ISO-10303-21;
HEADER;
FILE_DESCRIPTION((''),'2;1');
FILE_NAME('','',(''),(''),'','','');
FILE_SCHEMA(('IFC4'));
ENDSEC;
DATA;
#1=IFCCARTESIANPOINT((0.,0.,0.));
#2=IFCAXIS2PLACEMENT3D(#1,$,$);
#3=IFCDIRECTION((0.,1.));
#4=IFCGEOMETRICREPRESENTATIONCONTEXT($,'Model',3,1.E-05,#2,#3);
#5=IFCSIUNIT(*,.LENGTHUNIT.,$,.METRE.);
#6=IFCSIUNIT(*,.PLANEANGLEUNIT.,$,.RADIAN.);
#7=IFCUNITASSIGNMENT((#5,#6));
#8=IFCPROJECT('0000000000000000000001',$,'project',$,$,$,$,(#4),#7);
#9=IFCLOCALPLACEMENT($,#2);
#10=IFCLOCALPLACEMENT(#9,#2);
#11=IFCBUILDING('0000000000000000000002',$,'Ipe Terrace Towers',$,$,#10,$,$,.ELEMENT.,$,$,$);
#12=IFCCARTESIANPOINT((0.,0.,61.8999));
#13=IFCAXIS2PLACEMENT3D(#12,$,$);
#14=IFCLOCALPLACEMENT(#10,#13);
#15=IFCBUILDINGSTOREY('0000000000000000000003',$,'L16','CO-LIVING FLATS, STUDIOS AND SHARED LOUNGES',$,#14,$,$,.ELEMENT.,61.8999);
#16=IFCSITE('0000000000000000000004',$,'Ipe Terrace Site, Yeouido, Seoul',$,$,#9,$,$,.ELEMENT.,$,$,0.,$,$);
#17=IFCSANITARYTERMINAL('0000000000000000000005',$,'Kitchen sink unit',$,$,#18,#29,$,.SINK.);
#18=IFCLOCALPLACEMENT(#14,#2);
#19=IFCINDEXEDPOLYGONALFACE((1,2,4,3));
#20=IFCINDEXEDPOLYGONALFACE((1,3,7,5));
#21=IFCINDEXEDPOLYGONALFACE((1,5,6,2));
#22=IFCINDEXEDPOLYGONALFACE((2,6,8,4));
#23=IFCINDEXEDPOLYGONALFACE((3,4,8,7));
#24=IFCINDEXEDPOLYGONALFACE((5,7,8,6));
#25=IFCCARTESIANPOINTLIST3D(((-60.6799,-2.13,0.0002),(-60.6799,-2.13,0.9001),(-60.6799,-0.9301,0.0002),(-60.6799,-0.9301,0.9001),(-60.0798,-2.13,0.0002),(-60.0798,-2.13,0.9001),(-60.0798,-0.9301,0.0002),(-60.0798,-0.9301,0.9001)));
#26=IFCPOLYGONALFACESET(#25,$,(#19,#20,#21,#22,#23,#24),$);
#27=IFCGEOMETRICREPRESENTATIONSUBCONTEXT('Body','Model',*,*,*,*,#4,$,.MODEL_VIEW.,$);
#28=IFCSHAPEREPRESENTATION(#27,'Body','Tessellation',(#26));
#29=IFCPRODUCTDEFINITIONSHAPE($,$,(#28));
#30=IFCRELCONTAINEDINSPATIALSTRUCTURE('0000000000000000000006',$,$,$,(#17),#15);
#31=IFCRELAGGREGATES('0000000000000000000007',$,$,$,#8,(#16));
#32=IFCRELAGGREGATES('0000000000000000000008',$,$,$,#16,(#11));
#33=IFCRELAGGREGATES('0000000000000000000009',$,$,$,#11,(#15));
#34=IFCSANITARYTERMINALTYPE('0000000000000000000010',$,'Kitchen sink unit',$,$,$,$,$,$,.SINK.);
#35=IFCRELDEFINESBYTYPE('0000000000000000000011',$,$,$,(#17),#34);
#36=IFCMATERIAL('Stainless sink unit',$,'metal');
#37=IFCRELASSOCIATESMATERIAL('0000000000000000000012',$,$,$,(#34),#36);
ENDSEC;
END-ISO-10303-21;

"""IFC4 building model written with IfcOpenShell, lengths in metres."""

from ifc_helpers import new_model, si_unit, direction, frame, origin, origin_2d, place, context, subcontext, project, spatial, rectangle, extrude, material, type_object, element, save


model = new_model("IFC4")

# Units and contexts
model_context = context("Model", 3, precision=1e-05, world=origin(), true_north=direction((0.0, 1.0)))
body_context = subcontext(model_context, "Body", "Model", "MODEL_VIEW")
ifc_project = project(units=[si_unit("LENGTHUNIT", "METRE"), si_unit("PLANEANGLEUNIT", "RADIAN")], contexts=[model_context])

# Site, building, storey
site_placement = place(None, origin())
site = spatial("IfcSite", under=ifc_project, at=site_placement, Name="Ipe Terrace Site, Yeouido, Seoul", CompositionType="ELEMENT", RefElevation=0.0)
building_placement = place(site_placement, origin())
building = spatial("IfcBuilding", under=site, at=building_placement, Name="Ipe Terrace Towers", CompositionType="ELEMENT")
storey_placement = place(building_placement, frame((0.0, 0.0, 61.8999)))
storey = spatial("IfcBuildingStorey", under=building, at=storey_placement, Name="L16", Description="CO-LIVING FLATS, STUDIOS AND SHARED LOUNGES", CompositionType="ELEMENT", Elevation=61.8999)

# Sanitary terminal
ifc_material_1 = material(Name="Stainless sink unit", Category="metal")
sanitary_terminal_type = type_object("IfcSanitaryTerminalType", Name="Kitchen sink unit", PredefinedType="SINK", material=ifc_material_1)
sanitary_terminal_placement = place(storey_placement, frame((-60.3799, -1.53, 0.0002), z_axis=(0.0, 0.0, 1.0), x_axis=(0.0, 1.0, 0.0)))
element("IfcSanitaryTerminal", 1, at=sanitary_terminal_placement, inside=storey, type_object=sanitary_terminal_type, Name="Kitchen sink unit", PredefinedType="SINK", context=body_context, shape_type="SweptSolid", body=[
    extrude(rectangle(XDim=1.2, YDim=0.6001, at=origin_2d()), origin(), (0.0, 0.0, 1.0), 0.8999),
])

save(model, "model.ifc")
